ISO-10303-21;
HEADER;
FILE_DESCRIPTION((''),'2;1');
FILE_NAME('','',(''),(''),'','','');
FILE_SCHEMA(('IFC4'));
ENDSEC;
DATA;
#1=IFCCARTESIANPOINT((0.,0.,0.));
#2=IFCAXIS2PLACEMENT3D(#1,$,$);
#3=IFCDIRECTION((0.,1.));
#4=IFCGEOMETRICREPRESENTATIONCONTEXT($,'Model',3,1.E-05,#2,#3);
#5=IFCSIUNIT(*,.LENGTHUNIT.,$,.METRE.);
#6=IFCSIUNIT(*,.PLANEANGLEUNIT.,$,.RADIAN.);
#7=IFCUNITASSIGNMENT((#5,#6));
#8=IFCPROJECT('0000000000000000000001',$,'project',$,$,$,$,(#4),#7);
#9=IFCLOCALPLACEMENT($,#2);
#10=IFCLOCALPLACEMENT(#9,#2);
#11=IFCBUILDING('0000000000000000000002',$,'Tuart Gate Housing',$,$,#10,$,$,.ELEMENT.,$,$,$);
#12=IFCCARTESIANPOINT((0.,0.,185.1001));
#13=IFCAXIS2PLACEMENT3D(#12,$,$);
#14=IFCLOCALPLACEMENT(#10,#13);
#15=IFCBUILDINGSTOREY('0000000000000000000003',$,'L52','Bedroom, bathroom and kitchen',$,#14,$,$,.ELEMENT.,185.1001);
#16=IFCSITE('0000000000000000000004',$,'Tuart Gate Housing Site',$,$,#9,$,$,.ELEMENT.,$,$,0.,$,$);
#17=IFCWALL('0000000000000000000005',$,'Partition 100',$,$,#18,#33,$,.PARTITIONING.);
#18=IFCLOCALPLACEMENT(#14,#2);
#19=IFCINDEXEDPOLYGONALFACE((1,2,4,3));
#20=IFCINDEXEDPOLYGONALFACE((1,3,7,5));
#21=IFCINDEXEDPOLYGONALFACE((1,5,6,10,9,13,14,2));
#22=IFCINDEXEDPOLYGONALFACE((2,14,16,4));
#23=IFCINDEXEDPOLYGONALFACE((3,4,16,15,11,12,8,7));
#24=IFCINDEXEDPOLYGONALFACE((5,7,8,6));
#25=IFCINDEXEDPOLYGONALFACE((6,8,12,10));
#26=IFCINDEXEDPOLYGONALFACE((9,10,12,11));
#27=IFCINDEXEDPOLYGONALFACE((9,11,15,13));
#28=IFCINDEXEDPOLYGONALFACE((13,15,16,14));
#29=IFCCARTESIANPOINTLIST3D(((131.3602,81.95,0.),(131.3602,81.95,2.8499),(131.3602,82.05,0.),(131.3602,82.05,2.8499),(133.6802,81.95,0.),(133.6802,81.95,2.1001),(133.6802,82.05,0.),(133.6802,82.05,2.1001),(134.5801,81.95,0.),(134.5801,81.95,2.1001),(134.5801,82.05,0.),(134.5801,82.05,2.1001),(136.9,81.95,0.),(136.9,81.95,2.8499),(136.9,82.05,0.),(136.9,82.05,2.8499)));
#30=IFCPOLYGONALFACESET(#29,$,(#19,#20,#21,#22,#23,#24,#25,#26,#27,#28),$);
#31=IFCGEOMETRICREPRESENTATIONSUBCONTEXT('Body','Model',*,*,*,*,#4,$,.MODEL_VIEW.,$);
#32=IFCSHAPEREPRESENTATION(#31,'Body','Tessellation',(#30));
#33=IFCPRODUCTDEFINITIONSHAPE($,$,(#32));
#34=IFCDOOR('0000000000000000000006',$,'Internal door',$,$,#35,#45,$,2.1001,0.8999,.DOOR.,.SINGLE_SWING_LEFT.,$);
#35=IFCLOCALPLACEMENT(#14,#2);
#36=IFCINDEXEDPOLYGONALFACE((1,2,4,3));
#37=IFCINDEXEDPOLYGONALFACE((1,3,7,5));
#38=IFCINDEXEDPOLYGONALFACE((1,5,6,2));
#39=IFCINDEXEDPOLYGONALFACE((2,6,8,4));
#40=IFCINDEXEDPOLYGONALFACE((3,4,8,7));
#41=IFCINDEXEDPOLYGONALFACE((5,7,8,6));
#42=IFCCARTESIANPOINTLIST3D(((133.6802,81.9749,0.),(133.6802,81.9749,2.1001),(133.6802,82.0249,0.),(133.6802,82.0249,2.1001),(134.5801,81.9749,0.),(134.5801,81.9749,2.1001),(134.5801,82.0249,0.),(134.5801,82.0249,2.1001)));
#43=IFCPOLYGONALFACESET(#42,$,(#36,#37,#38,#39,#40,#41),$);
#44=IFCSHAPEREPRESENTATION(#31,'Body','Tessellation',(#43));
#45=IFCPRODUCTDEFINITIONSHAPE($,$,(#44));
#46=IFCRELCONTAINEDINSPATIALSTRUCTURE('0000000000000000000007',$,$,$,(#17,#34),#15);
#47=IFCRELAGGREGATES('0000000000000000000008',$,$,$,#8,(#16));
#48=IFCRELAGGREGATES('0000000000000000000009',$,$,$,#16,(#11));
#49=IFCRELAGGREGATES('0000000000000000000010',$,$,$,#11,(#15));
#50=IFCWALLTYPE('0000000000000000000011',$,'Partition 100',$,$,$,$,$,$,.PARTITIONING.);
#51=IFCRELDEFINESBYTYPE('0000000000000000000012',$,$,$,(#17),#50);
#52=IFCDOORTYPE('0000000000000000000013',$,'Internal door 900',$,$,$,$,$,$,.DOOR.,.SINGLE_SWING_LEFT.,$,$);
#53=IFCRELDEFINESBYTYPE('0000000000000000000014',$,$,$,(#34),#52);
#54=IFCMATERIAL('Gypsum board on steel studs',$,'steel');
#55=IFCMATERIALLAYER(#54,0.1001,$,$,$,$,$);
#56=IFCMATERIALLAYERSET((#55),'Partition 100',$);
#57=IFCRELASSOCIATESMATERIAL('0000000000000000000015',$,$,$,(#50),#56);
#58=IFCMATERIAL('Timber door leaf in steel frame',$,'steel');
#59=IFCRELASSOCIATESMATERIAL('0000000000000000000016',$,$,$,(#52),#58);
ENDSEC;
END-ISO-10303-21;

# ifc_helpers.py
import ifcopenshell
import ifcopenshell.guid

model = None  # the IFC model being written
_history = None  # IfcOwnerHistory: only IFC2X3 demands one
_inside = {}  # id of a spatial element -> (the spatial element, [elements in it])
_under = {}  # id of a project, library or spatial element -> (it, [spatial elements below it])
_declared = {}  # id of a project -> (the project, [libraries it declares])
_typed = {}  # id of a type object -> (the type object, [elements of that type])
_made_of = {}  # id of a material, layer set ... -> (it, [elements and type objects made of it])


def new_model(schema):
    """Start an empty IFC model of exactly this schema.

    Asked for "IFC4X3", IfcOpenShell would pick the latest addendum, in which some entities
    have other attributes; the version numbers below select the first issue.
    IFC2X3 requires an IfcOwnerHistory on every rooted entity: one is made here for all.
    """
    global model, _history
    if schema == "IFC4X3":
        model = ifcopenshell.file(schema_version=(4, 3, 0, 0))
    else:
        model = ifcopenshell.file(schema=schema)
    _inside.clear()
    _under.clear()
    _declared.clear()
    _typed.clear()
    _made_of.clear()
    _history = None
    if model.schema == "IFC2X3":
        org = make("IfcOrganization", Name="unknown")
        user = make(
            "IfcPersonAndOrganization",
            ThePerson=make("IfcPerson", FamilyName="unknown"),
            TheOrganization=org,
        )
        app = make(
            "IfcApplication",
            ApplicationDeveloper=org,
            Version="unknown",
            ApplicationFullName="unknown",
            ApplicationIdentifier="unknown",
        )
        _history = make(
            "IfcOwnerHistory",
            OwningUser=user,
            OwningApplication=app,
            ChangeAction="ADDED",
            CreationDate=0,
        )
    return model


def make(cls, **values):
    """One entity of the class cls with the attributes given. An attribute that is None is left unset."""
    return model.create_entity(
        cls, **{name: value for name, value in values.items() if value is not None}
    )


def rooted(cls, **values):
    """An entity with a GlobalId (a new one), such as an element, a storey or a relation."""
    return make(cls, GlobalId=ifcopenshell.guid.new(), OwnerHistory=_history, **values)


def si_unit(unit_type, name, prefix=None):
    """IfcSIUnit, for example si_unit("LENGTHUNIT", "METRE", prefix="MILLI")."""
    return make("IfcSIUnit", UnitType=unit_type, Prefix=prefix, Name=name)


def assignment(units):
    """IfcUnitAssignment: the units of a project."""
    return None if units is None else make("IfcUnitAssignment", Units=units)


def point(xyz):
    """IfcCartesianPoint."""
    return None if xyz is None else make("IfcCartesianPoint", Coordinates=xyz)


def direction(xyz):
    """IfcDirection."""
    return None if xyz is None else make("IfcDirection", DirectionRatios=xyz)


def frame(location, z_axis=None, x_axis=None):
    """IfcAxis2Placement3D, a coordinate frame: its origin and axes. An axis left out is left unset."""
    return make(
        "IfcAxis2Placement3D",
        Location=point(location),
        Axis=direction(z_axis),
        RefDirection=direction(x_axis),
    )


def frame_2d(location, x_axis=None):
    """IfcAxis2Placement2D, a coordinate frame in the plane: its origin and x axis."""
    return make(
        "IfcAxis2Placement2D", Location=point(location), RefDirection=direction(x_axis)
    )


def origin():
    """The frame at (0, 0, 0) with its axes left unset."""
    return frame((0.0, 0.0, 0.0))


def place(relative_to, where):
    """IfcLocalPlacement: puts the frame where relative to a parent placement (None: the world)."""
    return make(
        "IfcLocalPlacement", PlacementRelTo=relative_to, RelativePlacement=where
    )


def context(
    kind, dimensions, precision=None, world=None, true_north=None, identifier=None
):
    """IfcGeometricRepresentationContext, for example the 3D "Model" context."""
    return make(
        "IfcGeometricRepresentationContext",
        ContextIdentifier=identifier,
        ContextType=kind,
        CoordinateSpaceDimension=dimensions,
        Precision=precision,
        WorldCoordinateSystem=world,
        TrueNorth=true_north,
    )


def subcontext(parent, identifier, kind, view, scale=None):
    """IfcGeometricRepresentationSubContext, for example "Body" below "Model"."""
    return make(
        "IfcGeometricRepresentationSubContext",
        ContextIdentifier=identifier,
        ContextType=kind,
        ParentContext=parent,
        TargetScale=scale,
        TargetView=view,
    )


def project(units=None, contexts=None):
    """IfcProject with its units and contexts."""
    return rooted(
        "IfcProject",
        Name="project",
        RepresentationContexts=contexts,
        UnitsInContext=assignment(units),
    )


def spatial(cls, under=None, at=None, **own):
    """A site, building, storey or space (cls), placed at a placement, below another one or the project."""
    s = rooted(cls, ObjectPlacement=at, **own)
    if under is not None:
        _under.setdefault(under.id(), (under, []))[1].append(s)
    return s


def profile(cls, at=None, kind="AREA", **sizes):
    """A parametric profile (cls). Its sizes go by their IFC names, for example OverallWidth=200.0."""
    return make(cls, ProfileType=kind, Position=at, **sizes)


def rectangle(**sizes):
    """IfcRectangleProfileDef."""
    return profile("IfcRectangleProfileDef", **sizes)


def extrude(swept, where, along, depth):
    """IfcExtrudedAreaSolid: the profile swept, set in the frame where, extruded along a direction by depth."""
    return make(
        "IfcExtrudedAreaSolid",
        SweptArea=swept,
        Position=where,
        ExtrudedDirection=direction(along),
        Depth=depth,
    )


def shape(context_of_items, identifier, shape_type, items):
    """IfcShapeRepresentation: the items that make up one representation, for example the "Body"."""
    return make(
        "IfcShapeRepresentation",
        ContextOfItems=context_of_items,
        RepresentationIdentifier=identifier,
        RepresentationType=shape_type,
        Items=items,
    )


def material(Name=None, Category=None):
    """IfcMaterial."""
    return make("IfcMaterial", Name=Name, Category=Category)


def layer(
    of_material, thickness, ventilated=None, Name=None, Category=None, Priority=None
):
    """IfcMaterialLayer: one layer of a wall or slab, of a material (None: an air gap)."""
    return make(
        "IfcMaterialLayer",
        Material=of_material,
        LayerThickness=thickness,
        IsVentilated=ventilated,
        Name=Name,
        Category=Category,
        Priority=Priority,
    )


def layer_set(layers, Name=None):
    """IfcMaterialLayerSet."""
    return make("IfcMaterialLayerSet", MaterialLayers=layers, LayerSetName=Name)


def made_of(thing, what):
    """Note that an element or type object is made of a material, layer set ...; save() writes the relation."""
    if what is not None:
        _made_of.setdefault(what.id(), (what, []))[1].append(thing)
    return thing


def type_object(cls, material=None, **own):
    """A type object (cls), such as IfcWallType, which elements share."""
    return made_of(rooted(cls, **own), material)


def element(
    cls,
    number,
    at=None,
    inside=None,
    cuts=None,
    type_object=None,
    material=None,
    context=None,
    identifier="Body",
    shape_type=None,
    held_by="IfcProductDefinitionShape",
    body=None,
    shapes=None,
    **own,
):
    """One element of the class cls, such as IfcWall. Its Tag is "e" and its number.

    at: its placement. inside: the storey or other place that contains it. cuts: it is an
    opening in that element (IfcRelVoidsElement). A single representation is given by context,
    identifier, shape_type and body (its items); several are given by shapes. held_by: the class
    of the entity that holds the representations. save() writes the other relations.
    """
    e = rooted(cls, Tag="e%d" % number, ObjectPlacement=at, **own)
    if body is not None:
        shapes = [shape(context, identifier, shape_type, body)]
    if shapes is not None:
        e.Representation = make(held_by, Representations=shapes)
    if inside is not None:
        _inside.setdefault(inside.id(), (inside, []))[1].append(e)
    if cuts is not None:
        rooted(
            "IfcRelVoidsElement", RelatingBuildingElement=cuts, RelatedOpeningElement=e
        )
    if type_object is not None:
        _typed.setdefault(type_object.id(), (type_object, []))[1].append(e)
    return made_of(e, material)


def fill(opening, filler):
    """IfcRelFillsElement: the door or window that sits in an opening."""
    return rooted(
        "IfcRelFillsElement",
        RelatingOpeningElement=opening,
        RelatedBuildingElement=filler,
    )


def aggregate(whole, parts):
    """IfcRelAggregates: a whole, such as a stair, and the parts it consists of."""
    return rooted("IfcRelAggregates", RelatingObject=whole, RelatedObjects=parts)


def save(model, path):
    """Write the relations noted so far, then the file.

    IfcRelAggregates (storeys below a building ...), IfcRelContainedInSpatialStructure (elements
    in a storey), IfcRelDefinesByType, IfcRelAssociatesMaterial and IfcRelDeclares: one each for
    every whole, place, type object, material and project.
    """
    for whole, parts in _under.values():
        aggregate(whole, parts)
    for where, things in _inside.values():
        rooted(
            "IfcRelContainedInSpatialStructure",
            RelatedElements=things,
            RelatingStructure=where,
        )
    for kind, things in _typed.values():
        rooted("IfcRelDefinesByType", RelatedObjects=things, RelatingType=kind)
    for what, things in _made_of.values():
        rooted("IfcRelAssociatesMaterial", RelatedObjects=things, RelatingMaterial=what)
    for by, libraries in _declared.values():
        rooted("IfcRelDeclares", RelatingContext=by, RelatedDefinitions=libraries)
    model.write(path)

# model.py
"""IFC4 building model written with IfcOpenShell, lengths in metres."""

from ifc_helpers import new_model, si_unit, direction, frame, frame_2d, origin, place, context, subcontext, project, spatial, rectangle, extrude, material, layer, layer_set, type_object, element, fill, save


model = new_model("IFC4")

# Units and contexts
model_context = context("Model", 3, precision=1e-05, world=origin(), true_north=direction((0.0, 1.0)))
body_context = subcontext(model_context, "Body", "Model", "MODEL_VIEW")
ifc_project = project(units=[si_unit("LENGTHUNIT", "METRE"), si_unit("PLANEANGLEUNIT", "RADIAN")], contexts=[model_context])

# Site, building, storey
site_placement = place(None, origin())
site = spatial("IfcSite", under=ifc_project, at=site_placement, Name="Tuart Gate Housing Site", CompositionType="ELEMENT", RefElevation=0.0)
building_placement = place(site_placement, origin())
building = spatial("IfcBuilding", under=site, at=building_placement, Name="Tuart Gate Housing", CompositionType="ELEMENT")
storey_placement = place(building_placement, frame((0.0, 0.0, 185.1001)))
storey = spatial("IfcBuildingStorey", under=building, at=storey_placement, Name="L52", Description="Bedroom, bathroom and kitchen", CompositionType="ELEMENT", Elevation=185.1001)

# Wall, opening, door
ifc_material_1 = material(Name="Gypsum board on steel studs", Category="steel")
ifc_layer_1 = layer(ifc_material_1, 0.1001)
ifc_layer_set_1 = layer_set([ifc_layer_1], Name="Partition 100")
wall_type_1 = type_object("IfcWallType", Name="Partition 100", PredefinedType="PARTITIONING", material=ifc_layer_set_1)
wall_1_placement = place(storey_placement, frame((131.3601, 82.0, 0.0), z_axis=(0.0, 0.0, 1.0), x_axis=(1.0, 0.0, 0.0)))
wall_1 = element("IfcWall", 1, at=wall_1_placement, inside=storey, type_object=wall_type_1, Name="Partition 100", PredefinedType="PARTITIONING", context=body_context, shape_type="SweptSolid", body=[
    extrude(rectangle(XDim=5.5398, YDim=0.1001, at=frame_2d((2.77, 0.0))), origin(), (0.0, 0.0, 1.0), 2.8499),
])
opening_1_placement = place(wall_1_placement, frame((2.3201, 0.0, 0.0)))
opening_1 = element("IfcOpeningElement", 2, at=opening_1_placement, cuts=wall_1, PredefinedType="OPENING", context=body_context, shape_type="SweptSolid", body=[
    extrude(rectangle(XDim=0.8999, YDim=2.1001, at=frame_2d((0.45, 1.05))), frame((0.0, 0.0601, 0.0), z_axis=(0.0, -1.0, 0.0), x_axis=(1.0, 0.0, 0.0)), (0.0, 0.0, 1.0), 0.1201),
])
ifc_material_2 = material(Name="Timber door leaf in steel frame", Category="steel")
door_type_1 = type_object("IfcDoorType", Name="Internal door 900", OperationType="SINGLE_SWING_LEFT", PredefinedType="DOOR", material=ifc_material_2)
door_1_placement = place(opening_1_placement, origin())
door_1 = element("IfcDoor", 3, at=door_1_placement, inside=storey, type_object=door_type_1, Name="Internal door", OperationType="SINGLE_SWING_LEFT", OverallHeight=2.1001, OverallWidth=0.8999, PredefinedType="DOOR", context=body_context, shape_type="SweptSolid", body=[
    extrude(rectangle(XDim=0.8999, YDim=2.1001, at=frame_2d((0.45, 1.05))), frame((0.0, 0.0249, 0.0), z_axis=(0.0, -1.0, 0.0), x_axis=(1.0, 0.0, 0.0)), (0.0, 0.0, 1.0), 0.05),
])
fill(opening_1, door_1)

save(model, "model.ifc")
